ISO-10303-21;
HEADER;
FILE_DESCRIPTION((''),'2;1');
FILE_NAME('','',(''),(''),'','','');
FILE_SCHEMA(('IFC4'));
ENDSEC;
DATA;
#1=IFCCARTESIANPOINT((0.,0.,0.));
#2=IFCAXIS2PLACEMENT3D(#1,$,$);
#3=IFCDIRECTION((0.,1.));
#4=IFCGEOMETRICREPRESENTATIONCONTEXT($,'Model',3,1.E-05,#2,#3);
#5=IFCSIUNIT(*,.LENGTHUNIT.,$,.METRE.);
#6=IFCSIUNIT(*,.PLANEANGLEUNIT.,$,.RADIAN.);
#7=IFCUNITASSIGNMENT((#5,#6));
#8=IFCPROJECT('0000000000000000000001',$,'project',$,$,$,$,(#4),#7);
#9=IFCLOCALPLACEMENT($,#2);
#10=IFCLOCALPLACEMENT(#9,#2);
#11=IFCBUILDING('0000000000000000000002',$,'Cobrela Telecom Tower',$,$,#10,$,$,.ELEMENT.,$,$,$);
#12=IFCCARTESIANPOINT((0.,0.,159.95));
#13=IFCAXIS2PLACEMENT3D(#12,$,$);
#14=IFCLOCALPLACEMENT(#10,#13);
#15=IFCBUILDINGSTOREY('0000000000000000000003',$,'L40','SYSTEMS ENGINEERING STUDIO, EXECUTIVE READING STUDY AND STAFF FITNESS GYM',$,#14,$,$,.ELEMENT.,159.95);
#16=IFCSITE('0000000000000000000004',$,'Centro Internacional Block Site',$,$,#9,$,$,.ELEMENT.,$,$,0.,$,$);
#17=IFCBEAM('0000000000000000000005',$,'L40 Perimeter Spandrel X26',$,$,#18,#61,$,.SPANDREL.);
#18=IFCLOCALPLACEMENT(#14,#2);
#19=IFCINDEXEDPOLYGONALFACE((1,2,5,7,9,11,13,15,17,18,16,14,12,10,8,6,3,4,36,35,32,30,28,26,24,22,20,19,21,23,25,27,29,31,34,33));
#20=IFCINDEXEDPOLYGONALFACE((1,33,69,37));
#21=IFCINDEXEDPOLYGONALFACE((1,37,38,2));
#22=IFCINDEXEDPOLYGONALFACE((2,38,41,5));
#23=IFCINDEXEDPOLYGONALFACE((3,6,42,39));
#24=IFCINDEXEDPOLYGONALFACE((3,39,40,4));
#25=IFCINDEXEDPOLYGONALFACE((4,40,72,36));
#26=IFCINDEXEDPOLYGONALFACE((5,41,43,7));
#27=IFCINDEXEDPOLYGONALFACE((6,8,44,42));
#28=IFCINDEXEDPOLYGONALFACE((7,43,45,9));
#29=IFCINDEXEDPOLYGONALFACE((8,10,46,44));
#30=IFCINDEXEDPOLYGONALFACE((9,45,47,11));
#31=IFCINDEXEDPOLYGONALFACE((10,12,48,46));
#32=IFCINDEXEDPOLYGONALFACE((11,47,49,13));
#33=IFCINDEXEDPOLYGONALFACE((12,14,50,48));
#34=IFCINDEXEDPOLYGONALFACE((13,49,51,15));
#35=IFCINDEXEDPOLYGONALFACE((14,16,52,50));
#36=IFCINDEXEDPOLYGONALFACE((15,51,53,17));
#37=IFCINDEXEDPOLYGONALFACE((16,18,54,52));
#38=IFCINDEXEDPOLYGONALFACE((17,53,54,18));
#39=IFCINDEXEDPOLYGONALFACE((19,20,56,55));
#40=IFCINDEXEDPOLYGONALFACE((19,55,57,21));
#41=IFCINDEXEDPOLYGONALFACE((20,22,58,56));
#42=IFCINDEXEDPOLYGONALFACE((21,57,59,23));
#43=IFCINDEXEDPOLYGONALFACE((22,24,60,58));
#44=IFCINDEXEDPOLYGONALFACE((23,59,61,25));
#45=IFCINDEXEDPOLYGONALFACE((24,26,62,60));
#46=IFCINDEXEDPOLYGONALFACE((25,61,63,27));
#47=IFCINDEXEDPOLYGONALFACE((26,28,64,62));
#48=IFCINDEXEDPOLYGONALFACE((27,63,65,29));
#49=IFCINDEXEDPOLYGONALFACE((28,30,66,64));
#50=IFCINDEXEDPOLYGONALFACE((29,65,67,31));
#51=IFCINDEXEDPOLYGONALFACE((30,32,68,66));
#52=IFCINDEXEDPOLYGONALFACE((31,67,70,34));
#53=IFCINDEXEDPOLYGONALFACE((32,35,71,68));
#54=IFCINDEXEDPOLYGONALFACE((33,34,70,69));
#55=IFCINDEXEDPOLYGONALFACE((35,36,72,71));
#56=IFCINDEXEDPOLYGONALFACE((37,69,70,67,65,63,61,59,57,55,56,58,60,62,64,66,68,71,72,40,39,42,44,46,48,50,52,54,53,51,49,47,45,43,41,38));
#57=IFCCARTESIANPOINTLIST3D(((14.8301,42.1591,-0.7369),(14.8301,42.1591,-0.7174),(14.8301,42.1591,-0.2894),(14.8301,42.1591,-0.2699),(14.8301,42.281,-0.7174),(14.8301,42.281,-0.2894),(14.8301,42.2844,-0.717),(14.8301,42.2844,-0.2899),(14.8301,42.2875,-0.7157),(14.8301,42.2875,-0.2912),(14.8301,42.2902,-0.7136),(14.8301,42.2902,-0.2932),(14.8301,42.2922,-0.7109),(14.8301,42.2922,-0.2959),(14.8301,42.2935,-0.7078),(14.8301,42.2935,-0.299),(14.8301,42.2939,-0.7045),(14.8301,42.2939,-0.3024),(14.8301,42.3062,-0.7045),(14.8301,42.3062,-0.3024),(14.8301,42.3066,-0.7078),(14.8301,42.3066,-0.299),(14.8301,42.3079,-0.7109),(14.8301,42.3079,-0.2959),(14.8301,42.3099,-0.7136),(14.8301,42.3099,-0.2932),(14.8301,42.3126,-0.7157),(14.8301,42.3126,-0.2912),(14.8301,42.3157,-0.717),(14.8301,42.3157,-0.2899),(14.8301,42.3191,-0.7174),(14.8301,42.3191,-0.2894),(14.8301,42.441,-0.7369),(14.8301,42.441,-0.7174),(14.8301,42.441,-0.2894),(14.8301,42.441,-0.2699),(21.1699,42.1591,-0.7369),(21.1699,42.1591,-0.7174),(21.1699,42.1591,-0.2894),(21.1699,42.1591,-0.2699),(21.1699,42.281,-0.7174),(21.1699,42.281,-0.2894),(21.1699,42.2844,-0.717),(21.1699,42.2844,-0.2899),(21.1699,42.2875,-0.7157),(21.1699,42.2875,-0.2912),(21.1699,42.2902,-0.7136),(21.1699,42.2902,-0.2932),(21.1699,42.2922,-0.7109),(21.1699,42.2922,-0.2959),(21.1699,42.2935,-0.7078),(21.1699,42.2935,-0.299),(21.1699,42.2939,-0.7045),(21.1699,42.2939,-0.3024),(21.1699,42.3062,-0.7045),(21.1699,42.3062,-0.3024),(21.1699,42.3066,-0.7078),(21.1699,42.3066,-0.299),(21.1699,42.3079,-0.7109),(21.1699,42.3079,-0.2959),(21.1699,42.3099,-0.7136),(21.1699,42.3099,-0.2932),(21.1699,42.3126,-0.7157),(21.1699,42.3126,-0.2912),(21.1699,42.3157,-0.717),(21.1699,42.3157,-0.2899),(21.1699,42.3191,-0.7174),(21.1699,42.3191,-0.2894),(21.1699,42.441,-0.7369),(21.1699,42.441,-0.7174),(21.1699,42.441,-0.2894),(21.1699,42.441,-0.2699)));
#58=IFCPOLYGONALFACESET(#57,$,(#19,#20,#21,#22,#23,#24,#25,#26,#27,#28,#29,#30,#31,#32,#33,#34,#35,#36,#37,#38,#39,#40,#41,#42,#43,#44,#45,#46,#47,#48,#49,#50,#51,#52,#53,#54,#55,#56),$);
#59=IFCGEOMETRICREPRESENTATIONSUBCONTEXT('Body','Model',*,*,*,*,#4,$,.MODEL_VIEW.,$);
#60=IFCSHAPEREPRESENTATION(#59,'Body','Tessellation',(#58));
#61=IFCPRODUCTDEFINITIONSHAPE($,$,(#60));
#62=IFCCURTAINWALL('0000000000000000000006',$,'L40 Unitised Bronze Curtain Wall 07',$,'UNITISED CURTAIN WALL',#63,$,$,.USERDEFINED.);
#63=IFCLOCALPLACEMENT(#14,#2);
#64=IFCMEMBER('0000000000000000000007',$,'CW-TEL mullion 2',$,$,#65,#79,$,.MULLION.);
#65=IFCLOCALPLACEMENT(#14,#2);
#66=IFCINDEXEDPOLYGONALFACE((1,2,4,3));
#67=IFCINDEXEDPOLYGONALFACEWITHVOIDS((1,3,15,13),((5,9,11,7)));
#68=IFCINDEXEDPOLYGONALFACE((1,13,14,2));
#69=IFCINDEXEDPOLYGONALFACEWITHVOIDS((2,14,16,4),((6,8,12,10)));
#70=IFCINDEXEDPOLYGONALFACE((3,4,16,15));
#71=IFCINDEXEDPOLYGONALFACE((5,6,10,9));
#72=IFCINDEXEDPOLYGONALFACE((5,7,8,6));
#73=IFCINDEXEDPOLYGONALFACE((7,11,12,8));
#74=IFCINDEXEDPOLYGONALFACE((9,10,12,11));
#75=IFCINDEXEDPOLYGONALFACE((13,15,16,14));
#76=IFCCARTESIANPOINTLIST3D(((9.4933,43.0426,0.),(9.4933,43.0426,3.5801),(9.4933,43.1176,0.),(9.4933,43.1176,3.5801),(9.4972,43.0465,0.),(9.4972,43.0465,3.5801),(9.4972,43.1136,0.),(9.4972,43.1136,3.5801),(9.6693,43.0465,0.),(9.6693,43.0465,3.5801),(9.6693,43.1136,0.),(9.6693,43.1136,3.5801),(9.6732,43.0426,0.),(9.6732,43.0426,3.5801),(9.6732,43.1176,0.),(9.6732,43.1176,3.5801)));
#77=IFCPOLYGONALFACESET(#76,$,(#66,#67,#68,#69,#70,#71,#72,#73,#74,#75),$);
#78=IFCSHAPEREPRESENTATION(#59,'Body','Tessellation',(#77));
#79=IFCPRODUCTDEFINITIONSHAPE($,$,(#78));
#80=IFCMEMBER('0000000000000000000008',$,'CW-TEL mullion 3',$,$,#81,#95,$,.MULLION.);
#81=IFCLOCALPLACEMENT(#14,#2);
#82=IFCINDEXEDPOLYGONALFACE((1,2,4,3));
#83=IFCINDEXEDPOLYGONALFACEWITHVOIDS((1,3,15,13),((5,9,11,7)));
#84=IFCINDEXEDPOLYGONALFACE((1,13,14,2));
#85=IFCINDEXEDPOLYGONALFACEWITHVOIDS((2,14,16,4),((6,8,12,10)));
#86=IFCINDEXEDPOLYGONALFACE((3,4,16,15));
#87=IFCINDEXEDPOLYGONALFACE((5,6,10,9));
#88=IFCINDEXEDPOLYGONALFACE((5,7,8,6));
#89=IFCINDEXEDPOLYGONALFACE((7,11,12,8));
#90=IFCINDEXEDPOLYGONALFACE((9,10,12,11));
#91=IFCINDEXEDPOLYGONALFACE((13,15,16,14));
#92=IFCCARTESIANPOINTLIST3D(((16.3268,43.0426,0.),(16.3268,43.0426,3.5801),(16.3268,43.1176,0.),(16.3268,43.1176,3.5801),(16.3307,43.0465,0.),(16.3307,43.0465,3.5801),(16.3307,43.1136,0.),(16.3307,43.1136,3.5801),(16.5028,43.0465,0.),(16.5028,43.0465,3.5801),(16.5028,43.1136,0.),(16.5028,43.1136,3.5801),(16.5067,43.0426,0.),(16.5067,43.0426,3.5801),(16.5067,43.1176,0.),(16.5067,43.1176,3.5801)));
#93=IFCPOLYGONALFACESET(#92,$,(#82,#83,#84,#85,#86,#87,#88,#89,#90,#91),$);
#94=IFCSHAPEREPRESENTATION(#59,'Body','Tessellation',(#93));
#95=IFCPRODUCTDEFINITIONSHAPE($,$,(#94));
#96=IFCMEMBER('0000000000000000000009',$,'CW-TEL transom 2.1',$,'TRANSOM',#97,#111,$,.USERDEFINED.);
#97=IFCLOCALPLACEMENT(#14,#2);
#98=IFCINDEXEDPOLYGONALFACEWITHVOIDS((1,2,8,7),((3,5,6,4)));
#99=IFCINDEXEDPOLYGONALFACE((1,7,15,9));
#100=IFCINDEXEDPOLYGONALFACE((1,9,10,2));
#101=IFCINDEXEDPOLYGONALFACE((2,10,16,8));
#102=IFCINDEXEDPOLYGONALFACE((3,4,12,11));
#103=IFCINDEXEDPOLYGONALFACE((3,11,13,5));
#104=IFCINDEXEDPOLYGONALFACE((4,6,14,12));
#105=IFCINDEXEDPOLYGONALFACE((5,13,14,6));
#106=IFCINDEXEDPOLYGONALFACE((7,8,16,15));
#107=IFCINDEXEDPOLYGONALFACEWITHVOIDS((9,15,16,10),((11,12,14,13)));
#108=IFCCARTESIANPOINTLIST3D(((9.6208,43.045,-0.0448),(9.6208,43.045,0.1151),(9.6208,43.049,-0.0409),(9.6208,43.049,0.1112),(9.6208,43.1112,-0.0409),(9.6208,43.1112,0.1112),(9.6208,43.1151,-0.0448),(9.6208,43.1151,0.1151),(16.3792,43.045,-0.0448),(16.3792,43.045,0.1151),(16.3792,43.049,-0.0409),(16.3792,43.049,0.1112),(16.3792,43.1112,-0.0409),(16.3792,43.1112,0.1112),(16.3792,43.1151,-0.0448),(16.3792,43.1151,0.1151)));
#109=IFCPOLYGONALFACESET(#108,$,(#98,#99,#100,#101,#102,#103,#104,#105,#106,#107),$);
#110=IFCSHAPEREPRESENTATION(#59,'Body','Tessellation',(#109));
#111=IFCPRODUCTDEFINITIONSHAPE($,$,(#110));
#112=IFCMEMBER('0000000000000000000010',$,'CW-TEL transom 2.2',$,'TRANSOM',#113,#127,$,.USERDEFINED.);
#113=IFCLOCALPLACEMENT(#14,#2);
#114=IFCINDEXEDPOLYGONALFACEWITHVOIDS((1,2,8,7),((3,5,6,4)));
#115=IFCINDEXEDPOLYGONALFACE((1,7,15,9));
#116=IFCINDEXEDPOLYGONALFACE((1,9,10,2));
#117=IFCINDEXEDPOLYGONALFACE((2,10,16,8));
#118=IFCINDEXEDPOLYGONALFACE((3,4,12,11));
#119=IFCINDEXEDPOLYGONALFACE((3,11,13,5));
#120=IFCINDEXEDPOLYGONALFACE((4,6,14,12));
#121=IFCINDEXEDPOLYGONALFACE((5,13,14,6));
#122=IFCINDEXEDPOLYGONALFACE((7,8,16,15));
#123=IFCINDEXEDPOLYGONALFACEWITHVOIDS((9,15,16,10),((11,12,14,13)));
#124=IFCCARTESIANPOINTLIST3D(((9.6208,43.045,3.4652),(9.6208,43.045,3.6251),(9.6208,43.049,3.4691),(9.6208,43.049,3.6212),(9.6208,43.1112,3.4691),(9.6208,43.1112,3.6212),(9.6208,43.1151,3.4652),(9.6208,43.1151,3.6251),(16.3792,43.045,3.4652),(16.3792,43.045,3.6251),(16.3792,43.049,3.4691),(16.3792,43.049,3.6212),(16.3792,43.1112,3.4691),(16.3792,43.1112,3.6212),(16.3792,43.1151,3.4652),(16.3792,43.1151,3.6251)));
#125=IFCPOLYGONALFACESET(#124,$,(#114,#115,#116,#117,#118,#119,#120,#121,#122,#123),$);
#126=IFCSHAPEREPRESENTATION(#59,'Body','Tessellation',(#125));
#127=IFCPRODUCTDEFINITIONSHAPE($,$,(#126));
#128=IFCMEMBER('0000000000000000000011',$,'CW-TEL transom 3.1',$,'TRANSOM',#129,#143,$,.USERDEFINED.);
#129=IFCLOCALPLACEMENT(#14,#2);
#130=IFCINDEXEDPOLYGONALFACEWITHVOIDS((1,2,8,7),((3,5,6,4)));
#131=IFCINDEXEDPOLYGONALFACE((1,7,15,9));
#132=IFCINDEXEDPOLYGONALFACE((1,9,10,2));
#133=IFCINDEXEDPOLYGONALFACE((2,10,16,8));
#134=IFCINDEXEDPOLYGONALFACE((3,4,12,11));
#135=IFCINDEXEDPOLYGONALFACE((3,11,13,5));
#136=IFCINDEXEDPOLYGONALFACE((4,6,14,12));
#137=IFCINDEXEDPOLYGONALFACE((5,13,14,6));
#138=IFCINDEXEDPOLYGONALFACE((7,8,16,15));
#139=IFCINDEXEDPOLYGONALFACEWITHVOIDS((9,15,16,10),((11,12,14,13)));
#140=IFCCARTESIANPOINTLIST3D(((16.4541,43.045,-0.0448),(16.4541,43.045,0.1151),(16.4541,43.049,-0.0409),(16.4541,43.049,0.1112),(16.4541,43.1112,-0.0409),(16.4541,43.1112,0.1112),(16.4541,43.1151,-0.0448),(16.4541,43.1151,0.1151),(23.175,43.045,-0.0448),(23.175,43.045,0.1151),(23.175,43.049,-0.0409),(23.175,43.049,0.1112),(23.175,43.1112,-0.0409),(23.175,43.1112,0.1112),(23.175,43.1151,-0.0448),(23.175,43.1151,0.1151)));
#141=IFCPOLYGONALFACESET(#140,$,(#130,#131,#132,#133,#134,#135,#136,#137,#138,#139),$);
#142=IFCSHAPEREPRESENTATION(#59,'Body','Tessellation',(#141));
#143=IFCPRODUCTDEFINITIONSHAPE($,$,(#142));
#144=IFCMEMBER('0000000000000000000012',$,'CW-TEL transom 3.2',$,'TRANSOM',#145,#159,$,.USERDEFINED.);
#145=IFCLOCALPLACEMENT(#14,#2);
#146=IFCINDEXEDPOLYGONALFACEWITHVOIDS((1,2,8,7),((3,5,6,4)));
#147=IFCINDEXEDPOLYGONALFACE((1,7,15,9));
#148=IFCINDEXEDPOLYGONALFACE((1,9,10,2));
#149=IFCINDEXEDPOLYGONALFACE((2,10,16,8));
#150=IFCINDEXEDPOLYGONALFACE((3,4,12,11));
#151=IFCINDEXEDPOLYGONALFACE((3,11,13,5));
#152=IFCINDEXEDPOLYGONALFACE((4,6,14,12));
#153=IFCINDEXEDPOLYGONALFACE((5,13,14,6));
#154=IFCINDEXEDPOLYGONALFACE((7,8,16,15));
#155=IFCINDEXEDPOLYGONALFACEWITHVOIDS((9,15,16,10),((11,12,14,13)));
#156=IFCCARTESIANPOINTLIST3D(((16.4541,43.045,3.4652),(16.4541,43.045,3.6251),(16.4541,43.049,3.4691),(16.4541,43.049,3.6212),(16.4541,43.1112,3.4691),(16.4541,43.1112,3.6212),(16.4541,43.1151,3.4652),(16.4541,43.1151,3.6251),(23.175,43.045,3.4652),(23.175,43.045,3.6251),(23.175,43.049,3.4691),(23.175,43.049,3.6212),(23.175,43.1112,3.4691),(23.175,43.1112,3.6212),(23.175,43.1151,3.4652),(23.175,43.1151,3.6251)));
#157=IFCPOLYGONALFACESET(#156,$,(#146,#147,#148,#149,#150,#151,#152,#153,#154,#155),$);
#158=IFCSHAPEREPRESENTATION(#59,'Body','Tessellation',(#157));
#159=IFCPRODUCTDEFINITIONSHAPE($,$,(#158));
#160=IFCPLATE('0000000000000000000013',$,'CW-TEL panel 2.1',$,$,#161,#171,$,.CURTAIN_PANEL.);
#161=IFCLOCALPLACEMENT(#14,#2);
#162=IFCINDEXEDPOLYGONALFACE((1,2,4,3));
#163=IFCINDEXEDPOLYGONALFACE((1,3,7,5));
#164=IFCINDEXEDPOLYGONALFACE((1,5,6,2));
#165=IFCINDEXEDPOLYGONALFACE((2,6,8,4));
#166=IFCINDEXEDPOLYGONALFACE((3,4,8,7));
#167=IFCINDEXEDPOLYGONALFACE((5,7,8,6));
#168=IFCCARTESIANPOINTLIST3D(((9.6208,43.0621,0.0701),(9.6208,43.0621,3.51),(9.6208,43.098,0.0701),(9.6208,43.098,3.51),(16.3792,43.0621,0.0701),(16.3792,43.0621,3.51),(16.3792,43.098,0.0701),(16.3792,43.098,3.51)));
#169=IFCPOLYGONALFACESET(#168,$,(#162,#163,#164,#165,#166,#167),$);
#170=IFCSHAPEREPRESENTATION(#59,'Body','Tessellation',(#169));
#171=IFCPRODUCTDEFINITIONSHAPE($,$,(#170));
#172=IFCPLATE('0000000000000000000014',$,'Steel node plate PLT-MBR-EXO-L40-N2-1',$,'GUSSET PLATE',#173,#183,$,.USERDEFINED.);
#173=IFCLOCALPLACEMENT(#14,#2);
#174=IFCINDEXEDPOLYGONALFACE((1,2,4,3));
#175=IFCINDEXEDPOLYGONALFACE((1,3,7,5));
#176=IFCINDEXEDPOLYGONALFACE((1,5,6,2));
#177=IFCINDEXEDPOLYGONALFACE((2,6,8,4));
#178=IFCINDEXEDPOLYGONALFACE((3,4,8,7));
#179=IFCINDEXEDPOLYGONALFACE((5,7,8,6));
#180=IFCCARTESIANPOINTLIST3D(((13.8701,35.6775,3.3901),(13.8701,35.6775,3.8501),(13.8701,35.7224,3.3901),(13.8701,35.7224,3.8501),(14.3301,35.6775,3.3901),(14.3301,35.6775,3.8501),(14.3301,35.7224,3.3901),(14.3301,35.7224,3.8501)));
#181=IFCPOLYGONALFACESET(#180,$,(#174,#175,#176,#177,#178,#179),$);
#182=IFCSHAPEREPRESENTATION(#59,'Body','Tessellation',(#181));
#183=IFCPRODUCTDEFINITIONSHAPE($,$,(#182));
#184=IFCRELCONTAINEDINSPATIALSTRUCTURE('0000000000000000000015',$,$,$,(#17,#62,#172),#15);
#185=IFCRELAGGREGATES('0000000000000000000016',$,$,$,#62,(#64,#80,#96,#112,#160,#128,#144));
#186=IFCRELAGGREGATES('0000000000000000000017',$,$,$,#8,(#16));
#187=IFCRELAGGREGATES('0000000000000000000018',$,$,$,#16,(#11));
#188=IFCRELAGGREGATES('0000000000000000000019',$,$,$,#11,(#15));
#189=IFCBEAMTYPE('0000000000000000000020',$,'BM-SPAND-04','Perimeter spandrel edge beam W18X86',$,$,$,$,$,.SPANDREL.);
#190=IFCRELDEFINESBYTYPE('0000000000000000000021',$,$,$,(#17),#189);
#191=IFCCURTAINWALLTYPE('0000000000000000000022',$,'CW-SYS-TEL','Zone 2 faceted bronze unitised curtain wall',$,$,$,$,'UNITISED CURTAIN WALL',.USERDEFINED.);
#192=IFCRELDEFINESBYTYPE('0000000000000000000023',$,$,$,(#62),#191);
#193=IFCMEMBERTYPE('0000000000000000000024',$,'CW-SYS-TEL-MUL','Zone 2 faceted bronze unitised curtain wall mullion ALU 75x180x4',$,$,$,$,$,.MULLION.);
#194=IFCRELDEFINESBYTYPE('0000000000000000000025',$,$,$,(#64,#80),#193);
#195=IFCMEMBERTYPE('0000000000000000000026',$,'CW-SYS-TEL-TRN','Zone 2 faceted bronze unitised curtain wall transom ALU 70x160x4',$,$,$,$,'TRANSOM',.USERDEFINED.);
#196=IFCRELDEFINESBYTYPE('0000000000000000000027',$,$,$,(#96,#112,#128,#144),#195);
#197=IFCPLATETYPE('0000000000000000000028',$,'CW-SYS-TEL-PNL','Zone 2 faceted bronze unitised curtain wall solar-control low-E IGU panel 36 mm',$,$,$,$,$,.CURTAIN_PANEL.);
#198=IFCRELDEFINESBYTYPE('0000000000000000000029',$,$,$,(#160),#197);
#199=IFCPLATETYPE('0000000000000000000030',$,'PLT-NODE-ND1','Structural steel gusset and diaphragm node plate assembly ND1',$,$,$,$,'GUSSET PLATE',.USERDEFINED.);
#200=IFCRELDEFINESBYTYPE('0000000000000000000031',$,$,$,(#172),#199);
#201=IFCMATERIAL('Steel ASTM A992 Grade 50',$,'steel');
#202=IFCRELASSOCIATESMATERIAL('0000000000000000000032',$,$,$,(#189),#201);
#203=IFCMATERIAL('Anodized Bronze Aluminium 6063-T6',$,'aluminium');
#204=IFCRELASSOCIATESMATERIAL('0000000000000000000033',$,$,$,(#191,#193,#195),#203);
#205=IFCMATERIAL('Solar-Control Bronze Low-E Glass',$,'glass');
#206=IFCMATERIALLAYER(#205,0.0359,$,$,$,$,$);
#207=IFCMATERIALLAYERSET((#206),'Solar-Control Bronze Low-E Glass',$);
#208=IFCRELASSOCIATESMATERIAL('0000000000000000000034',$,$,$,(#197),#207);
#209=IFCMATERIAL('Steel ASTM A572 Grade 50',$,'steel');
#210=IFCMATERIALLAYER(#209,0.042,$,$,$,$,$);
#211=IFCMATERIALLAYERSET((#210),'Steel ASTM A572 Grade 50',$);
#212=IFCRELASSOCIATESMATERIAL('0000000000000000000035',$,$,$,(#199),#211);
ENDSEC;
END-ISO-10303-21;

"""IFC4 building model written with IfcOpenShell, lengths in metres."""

from ifc_helpers import new_model, si_unit, direction, frame, origin, origin_2d, place, context, subcontext, project, spatial, rectangle, hollow_rectangle, i_section, extrude, material, layer, layer_set, material_profile, profile_set, type_object, element, aggregate, save


model = new_model("IFC4")

# Units and contexts
model_context = context("Model", 3, precision=1e-05, world=origin(), true_north=direction((0.0, 1.0)))
body_context = subcontext(model_context, "Body", "Model", "MODEL_VIEW")
ifc_project = project(units=[si_unit("LENGTHUNIT", "METRE"), si_unit("PLANEANGLEUNIT", "RADIAN")], contexts=[model_context])

# Site, building, storey
site_placement = place(None, origin())
site = spatial("IfcSite", under=ifc_project, at=site_placement, Name="Centro Internacional Block Site", CompositionType="ELEMENT", RefElevation=0.0)
building_placement = place(site_placement, origin())
building = spatial("IfcBuilding", under=site, at=building_placement, Name="Cobrela Telecom Tower", CompositionType="ELEMENT")
storey_placement = place(building_placement, frame((0.0, 0.0, 159.95)))
storey = spatial("IfcBuildingStorey", under=building, at=storey_placement, Name="L40", Description="SYSTEMS ENGINEERING STUDIO, EXECUTIVE READING STUDY AND STAFF FITNESS GYM", CompositionType="ELEMENT", Elevation=159.95)

# Shared definitions
ifc_material_1 = material(Name="Steel ASTM A572 Grade 50", Category="steel")

# Beam
ifc_material_2 = material(Name="Steel ASTM A992 Grade 50", Category="steel")
ifc_material_profile_1 = material_profile(ifc_material_2, i_section(OverallWidth=0.282, OverallDepth=0.467, WebThickness=0.0122, FlangeThickness=0.0195, FilletRadius=0.0129, at=origin_2d()), Name="W18X86")
ifc_profile_set_1 = profile_set([ifc_material_profile_1], Name="Steel ASTM A992 Grade 50")
beam_type_1 = type_object("IfcBeamType", Name="BM-SPAND-04", Description="Perimeter spandrel edge beam W18X86", PredefinedType="SPANDREL", material=ifc_profile_set_1)
beam_1_placement = place(storey_placement, frame((14.8301, 42.3, -0.5034), z_axis=(1.0, 0.0, 0.0), x_axis=(0.0, 1.0, 0.0)))
element("IfcBeam", 1, at=beam_1_placement, inside=storey, type_object=beam_type_1, Name="L40 Perimeter Spandrel X26", PredefinedType="SPANDREL", context=body_context, shape_type="SweptSolid", body=[
    extrude(i_section(OverallWidth=0.282, OverallDepth=0.467, WebThickness=0.0122, FlangeThickness=0.0195, FilletRadius=0.0129, at=origin_2d()), origin(), (0.0, 0.0, 1.0), 6.3398),
])

# Curtain wall, members, plate
ifc_material_3 = material(Name="Anodized Bronze Aluminium 6063-T6", Category="aluminium")
curtain_wall_type = type_object("IfcCurtainWallType", Name="CW-SYS-TEL", Description="Zone 2 faceted bronze unitised curtain wall", ElementType="UNITISED CURTAIN WALL", PredefinedType="USERDEFINED", material=ifc_material_3)
curtain_wall_placement = place(storey_placement, origin())
curtain_wall = element("IfcCurtainWall", 2, at=curtain_wall_placement, inside=storey, type_object=curtain_wall_type, Name="L40 Unitised Bronze Curtain Wall 07", ObjectType="UNITISED CURTAIN WALL", PredefinedType="USERDEFINED")
ifc_material_profile_2 = material_profile(ifc_material_3, hollow_rectangle(XDim=0.075, YDim=0.1799, WallThickness=0.0039, at=origin_2d()), Name="ALU 75x180x4")
ifc_profile_set_2 = profile_set([ifc_material_profile_2], Name="Anodized Bronze Aluminium 6063-T6")
member_type_1 = type_object("IfcMemberType", Name="CW-SYS-TEL-MUL", Description="Zone 2 faceted bronze unitised curtain wall mullion ALU 75x180x4", PredefinedType="MULLION", material=ifc_profile_set_2)
member_1_placement = place(storey_placement, frame((9.5833, 43.0801, 0.0), z_axis=(0.0, 0.0, 1.0), x_axis=(0.0, 1.0, 0.0)))
member_1 = element("IfcMember", 3, at=member_1_placement, type_object=member_type_1, Name="CW-TEL mullion 2", PredefinedType="MULLION", context=body_context, shape_type="SweptSolid", body=[
    extrude(hollow_rectangle(XDim=0.075, YDim=0.1799, WallThickness=0.0039, at=origin_2d()), origin(), (0.0, 0.0, 1.0), 3.5801),
])
member_2_placement = place(storey_placement, frame((16.4167, 43.0801, 0.0), z_axis=(0.0, 0.0, 1.0), x_axis=(0.0, 1.0, 0.0)))
member_2 = element("IfcMember", 4, at=member_2_placement, type_object=member_type_1, Name="CW-TEL mullion 3", PredefinedType="MULLION", context=body_context, shape_type="SweptSolid", body=[
    extrude(hollow_rectangle(XDim=0.075, YDim=0.1799, WallThickness=0.0039, at=origin_2d()), origin(), (0.0, 0.0, 1.0), 3.5801),
])
ifc_material_profile_3 = material_profile(ifc_material_3, hollow_rectangle(XDim=0.0701, YDim=0.1599, WallThickness=0.0039, at=origin_2d()), Name="ALU 70x160x4")
ifc_profile_set_3 = profile_set([ifc_material_profile_3], Name="Anodized Bronze Aluminium 6063-T6")
member_type_2 = type_object("IfcMemberType", Name="CW-SYS-TEL-TRN", Description="Zone 2 faceted bronze unitised curtain wall transom ALU 70x160x4", ElementType="TRANSOM", PredefinedType="USERDEFINED", material=ifc_profile_set_3)
member_3_placement = place(storey_placement, frame((9.6208, 43.0801, 0.0352), z_axis=(1.0, 0.0, 0.0), x_axis=(0.0, 1.0, 0.0)))
member_3 = element("IfcMember", 5, at=member_3_placement, type_object=member_type_2, Name="CW-TEL transom 2.1", ObjectType="TRANSOM", PredefinedType="USERDEFINED", context=body_context, shape_type="SweptSolid", body=[
    extrude(hollow_rectangle(XDim=0.0701, YDim=0.1599, WallThickness=0.0039, at=origin_2d()), origin(), (0.0, 0.0, 1.0), 6.7583),
])
member_4_placement = place(storey_placement, frame((9.6208, 43.0801, 3.5452), z_axis=(1.0, 0.0, 0.0), x_axis=(0.0, 1.0, 0.0)))
member_4 = element("IfcMember", 6, at=member_4_placement, type_object=member_type_2, Name="CW-TEL transom 2.2", ObjectType="TRANSOM", PredefinedType="USERDEFINED", context=body_context, shape_type="SweptSolid", body=[
    extrude(hollow_rectangle(XDim=0.0701, YDim=0.1599, WallThickness=0.0039, at=origin_2d()), origin(), (0.0, 0.0, 1.0), 6.7583),
])
member_5_placement = place(storey_placement, frame((16.4541, 43.0801, 0.0352), z_axis=(1.0, 0.0, 0.0), x_axis=(0.0, 1.0, 0.0)))
member_5 = element("IfcMember", 7, at=member_5_placement, type_object=member_type_2, Name="CW-TEL transom 3.1", ObjectType="TRANSOM", PredefinedType="USERDEFINED", context=body_context, shape_type="SweptSolid", body=[
    extrude(hollow_rectangle(XDim=0.0701, YDim=0.1599, WallThickness=0.0039, at=origin_2d()), origin(), (0.0, 0.0, 1.0), 6.7209),
])
member_6_placement = place(storey_placement, frame((16.4541, 43.0801, 3.5452), z_axis=(1.0, 0.0, 0.0), x_axis=(0.0, 1.0, 0.0)))
member_6 = element("IfcMember", 8, at=member_6_placement, type_object=member_type_2, Name="CW-TEL transom 3.2", ObjectType="TRANSOM", PredefinedType="USERDEFINED", context=body_context, shape_type="SweptSolid", body=[
    extrude(hollow_rectangle(XDim=0.0701, YDim=0.1599, WallThickness=0.0039, at=origin_2d()), origin(), (0.0, 0.0, 1.0), 6.7209),
])
ifc_material_4 = material(Name="Solar-Control Bronze Low-E Glass", Category="glass")
ifc_layer_1 = layer(ifc_material_4, 0.0359)
ifc_layer_set_1 = layer_set([ifc_layer_1], Name="Solar-Control Bronze Low-E Glass")
plate_type_1 = type_object("IfcPlateType", Name="CW-SYS-TEL-PNL", Description="Zone 2 faceted bronze unitised curtain wall solar-control low-E IGU panel 36 mm", PredefinedType="CURTAIN_PANEL", material=ifc_layer_set_1)
plate_1_placement = place(storey_placement, frame((13.0, 43.0801, 0.0701), z_axis=(0.0, 0.0, 1.0), x_axis=(1.0, 0.0, 0.0)))
plate_1 = element("IfcPlate", 9, at=plate_1_placement, type_object=plate_type_1, Name="CW-TEL panel 2.1", PredefinedType="CURTAIN_PANEL", context=body_context, shape_type="SweptSolid", body=[
    extrude(rectangle(XDim=6.7583, YDim=0.0359, at=origin_2d()), origin(), (0.0, 0.0, 1.0), 3.4399),
])
aggregate(curtain_wall, [member_1, member_2, member_3, member_4, plate_1, member_5, member_6])

# Plate
ifc_layer_2 = layer(ifc_material_1, 0.042)
ifc_layer_set_2 = layer_set([ifc_layer_2], Name="Steel ASTM A572 Grade 50")
plate_type_2 = type_object("IfcPlateType", Name="PLT-NODE-ND1", Description="Structural steel gusset and diaphragm node plate assembly ND1", ElementType="GUSSET PLATE", PredefinedType="USERDEFINED", material=ifc_layer_set_2)
plate_2_placement = place(storey_placement, frame((14.1001, 35.7, 3.3901), z_axis=(0.0, 0.0, 1.0), x_axis=(1.0, 0.0, 0.0)))
element("IfcPlate", 10, at=plate_2_placement, inside=storey, type_object=plate_type_2, Name="Steel node plate PLT-MBR-EXO-L40-N2-1", ObjectType="GUSSET PLATE", PredefinedType="USERDEFINED", context=body_context, shape_type="SweptSolid", body=[
    extrude(rectangle(XDim=0.46, YDim=0.0449, at=origin_2d()), origin(), (0.0, 0.0, 1.0), 0.46),
])

save(model, "model.ifc")
